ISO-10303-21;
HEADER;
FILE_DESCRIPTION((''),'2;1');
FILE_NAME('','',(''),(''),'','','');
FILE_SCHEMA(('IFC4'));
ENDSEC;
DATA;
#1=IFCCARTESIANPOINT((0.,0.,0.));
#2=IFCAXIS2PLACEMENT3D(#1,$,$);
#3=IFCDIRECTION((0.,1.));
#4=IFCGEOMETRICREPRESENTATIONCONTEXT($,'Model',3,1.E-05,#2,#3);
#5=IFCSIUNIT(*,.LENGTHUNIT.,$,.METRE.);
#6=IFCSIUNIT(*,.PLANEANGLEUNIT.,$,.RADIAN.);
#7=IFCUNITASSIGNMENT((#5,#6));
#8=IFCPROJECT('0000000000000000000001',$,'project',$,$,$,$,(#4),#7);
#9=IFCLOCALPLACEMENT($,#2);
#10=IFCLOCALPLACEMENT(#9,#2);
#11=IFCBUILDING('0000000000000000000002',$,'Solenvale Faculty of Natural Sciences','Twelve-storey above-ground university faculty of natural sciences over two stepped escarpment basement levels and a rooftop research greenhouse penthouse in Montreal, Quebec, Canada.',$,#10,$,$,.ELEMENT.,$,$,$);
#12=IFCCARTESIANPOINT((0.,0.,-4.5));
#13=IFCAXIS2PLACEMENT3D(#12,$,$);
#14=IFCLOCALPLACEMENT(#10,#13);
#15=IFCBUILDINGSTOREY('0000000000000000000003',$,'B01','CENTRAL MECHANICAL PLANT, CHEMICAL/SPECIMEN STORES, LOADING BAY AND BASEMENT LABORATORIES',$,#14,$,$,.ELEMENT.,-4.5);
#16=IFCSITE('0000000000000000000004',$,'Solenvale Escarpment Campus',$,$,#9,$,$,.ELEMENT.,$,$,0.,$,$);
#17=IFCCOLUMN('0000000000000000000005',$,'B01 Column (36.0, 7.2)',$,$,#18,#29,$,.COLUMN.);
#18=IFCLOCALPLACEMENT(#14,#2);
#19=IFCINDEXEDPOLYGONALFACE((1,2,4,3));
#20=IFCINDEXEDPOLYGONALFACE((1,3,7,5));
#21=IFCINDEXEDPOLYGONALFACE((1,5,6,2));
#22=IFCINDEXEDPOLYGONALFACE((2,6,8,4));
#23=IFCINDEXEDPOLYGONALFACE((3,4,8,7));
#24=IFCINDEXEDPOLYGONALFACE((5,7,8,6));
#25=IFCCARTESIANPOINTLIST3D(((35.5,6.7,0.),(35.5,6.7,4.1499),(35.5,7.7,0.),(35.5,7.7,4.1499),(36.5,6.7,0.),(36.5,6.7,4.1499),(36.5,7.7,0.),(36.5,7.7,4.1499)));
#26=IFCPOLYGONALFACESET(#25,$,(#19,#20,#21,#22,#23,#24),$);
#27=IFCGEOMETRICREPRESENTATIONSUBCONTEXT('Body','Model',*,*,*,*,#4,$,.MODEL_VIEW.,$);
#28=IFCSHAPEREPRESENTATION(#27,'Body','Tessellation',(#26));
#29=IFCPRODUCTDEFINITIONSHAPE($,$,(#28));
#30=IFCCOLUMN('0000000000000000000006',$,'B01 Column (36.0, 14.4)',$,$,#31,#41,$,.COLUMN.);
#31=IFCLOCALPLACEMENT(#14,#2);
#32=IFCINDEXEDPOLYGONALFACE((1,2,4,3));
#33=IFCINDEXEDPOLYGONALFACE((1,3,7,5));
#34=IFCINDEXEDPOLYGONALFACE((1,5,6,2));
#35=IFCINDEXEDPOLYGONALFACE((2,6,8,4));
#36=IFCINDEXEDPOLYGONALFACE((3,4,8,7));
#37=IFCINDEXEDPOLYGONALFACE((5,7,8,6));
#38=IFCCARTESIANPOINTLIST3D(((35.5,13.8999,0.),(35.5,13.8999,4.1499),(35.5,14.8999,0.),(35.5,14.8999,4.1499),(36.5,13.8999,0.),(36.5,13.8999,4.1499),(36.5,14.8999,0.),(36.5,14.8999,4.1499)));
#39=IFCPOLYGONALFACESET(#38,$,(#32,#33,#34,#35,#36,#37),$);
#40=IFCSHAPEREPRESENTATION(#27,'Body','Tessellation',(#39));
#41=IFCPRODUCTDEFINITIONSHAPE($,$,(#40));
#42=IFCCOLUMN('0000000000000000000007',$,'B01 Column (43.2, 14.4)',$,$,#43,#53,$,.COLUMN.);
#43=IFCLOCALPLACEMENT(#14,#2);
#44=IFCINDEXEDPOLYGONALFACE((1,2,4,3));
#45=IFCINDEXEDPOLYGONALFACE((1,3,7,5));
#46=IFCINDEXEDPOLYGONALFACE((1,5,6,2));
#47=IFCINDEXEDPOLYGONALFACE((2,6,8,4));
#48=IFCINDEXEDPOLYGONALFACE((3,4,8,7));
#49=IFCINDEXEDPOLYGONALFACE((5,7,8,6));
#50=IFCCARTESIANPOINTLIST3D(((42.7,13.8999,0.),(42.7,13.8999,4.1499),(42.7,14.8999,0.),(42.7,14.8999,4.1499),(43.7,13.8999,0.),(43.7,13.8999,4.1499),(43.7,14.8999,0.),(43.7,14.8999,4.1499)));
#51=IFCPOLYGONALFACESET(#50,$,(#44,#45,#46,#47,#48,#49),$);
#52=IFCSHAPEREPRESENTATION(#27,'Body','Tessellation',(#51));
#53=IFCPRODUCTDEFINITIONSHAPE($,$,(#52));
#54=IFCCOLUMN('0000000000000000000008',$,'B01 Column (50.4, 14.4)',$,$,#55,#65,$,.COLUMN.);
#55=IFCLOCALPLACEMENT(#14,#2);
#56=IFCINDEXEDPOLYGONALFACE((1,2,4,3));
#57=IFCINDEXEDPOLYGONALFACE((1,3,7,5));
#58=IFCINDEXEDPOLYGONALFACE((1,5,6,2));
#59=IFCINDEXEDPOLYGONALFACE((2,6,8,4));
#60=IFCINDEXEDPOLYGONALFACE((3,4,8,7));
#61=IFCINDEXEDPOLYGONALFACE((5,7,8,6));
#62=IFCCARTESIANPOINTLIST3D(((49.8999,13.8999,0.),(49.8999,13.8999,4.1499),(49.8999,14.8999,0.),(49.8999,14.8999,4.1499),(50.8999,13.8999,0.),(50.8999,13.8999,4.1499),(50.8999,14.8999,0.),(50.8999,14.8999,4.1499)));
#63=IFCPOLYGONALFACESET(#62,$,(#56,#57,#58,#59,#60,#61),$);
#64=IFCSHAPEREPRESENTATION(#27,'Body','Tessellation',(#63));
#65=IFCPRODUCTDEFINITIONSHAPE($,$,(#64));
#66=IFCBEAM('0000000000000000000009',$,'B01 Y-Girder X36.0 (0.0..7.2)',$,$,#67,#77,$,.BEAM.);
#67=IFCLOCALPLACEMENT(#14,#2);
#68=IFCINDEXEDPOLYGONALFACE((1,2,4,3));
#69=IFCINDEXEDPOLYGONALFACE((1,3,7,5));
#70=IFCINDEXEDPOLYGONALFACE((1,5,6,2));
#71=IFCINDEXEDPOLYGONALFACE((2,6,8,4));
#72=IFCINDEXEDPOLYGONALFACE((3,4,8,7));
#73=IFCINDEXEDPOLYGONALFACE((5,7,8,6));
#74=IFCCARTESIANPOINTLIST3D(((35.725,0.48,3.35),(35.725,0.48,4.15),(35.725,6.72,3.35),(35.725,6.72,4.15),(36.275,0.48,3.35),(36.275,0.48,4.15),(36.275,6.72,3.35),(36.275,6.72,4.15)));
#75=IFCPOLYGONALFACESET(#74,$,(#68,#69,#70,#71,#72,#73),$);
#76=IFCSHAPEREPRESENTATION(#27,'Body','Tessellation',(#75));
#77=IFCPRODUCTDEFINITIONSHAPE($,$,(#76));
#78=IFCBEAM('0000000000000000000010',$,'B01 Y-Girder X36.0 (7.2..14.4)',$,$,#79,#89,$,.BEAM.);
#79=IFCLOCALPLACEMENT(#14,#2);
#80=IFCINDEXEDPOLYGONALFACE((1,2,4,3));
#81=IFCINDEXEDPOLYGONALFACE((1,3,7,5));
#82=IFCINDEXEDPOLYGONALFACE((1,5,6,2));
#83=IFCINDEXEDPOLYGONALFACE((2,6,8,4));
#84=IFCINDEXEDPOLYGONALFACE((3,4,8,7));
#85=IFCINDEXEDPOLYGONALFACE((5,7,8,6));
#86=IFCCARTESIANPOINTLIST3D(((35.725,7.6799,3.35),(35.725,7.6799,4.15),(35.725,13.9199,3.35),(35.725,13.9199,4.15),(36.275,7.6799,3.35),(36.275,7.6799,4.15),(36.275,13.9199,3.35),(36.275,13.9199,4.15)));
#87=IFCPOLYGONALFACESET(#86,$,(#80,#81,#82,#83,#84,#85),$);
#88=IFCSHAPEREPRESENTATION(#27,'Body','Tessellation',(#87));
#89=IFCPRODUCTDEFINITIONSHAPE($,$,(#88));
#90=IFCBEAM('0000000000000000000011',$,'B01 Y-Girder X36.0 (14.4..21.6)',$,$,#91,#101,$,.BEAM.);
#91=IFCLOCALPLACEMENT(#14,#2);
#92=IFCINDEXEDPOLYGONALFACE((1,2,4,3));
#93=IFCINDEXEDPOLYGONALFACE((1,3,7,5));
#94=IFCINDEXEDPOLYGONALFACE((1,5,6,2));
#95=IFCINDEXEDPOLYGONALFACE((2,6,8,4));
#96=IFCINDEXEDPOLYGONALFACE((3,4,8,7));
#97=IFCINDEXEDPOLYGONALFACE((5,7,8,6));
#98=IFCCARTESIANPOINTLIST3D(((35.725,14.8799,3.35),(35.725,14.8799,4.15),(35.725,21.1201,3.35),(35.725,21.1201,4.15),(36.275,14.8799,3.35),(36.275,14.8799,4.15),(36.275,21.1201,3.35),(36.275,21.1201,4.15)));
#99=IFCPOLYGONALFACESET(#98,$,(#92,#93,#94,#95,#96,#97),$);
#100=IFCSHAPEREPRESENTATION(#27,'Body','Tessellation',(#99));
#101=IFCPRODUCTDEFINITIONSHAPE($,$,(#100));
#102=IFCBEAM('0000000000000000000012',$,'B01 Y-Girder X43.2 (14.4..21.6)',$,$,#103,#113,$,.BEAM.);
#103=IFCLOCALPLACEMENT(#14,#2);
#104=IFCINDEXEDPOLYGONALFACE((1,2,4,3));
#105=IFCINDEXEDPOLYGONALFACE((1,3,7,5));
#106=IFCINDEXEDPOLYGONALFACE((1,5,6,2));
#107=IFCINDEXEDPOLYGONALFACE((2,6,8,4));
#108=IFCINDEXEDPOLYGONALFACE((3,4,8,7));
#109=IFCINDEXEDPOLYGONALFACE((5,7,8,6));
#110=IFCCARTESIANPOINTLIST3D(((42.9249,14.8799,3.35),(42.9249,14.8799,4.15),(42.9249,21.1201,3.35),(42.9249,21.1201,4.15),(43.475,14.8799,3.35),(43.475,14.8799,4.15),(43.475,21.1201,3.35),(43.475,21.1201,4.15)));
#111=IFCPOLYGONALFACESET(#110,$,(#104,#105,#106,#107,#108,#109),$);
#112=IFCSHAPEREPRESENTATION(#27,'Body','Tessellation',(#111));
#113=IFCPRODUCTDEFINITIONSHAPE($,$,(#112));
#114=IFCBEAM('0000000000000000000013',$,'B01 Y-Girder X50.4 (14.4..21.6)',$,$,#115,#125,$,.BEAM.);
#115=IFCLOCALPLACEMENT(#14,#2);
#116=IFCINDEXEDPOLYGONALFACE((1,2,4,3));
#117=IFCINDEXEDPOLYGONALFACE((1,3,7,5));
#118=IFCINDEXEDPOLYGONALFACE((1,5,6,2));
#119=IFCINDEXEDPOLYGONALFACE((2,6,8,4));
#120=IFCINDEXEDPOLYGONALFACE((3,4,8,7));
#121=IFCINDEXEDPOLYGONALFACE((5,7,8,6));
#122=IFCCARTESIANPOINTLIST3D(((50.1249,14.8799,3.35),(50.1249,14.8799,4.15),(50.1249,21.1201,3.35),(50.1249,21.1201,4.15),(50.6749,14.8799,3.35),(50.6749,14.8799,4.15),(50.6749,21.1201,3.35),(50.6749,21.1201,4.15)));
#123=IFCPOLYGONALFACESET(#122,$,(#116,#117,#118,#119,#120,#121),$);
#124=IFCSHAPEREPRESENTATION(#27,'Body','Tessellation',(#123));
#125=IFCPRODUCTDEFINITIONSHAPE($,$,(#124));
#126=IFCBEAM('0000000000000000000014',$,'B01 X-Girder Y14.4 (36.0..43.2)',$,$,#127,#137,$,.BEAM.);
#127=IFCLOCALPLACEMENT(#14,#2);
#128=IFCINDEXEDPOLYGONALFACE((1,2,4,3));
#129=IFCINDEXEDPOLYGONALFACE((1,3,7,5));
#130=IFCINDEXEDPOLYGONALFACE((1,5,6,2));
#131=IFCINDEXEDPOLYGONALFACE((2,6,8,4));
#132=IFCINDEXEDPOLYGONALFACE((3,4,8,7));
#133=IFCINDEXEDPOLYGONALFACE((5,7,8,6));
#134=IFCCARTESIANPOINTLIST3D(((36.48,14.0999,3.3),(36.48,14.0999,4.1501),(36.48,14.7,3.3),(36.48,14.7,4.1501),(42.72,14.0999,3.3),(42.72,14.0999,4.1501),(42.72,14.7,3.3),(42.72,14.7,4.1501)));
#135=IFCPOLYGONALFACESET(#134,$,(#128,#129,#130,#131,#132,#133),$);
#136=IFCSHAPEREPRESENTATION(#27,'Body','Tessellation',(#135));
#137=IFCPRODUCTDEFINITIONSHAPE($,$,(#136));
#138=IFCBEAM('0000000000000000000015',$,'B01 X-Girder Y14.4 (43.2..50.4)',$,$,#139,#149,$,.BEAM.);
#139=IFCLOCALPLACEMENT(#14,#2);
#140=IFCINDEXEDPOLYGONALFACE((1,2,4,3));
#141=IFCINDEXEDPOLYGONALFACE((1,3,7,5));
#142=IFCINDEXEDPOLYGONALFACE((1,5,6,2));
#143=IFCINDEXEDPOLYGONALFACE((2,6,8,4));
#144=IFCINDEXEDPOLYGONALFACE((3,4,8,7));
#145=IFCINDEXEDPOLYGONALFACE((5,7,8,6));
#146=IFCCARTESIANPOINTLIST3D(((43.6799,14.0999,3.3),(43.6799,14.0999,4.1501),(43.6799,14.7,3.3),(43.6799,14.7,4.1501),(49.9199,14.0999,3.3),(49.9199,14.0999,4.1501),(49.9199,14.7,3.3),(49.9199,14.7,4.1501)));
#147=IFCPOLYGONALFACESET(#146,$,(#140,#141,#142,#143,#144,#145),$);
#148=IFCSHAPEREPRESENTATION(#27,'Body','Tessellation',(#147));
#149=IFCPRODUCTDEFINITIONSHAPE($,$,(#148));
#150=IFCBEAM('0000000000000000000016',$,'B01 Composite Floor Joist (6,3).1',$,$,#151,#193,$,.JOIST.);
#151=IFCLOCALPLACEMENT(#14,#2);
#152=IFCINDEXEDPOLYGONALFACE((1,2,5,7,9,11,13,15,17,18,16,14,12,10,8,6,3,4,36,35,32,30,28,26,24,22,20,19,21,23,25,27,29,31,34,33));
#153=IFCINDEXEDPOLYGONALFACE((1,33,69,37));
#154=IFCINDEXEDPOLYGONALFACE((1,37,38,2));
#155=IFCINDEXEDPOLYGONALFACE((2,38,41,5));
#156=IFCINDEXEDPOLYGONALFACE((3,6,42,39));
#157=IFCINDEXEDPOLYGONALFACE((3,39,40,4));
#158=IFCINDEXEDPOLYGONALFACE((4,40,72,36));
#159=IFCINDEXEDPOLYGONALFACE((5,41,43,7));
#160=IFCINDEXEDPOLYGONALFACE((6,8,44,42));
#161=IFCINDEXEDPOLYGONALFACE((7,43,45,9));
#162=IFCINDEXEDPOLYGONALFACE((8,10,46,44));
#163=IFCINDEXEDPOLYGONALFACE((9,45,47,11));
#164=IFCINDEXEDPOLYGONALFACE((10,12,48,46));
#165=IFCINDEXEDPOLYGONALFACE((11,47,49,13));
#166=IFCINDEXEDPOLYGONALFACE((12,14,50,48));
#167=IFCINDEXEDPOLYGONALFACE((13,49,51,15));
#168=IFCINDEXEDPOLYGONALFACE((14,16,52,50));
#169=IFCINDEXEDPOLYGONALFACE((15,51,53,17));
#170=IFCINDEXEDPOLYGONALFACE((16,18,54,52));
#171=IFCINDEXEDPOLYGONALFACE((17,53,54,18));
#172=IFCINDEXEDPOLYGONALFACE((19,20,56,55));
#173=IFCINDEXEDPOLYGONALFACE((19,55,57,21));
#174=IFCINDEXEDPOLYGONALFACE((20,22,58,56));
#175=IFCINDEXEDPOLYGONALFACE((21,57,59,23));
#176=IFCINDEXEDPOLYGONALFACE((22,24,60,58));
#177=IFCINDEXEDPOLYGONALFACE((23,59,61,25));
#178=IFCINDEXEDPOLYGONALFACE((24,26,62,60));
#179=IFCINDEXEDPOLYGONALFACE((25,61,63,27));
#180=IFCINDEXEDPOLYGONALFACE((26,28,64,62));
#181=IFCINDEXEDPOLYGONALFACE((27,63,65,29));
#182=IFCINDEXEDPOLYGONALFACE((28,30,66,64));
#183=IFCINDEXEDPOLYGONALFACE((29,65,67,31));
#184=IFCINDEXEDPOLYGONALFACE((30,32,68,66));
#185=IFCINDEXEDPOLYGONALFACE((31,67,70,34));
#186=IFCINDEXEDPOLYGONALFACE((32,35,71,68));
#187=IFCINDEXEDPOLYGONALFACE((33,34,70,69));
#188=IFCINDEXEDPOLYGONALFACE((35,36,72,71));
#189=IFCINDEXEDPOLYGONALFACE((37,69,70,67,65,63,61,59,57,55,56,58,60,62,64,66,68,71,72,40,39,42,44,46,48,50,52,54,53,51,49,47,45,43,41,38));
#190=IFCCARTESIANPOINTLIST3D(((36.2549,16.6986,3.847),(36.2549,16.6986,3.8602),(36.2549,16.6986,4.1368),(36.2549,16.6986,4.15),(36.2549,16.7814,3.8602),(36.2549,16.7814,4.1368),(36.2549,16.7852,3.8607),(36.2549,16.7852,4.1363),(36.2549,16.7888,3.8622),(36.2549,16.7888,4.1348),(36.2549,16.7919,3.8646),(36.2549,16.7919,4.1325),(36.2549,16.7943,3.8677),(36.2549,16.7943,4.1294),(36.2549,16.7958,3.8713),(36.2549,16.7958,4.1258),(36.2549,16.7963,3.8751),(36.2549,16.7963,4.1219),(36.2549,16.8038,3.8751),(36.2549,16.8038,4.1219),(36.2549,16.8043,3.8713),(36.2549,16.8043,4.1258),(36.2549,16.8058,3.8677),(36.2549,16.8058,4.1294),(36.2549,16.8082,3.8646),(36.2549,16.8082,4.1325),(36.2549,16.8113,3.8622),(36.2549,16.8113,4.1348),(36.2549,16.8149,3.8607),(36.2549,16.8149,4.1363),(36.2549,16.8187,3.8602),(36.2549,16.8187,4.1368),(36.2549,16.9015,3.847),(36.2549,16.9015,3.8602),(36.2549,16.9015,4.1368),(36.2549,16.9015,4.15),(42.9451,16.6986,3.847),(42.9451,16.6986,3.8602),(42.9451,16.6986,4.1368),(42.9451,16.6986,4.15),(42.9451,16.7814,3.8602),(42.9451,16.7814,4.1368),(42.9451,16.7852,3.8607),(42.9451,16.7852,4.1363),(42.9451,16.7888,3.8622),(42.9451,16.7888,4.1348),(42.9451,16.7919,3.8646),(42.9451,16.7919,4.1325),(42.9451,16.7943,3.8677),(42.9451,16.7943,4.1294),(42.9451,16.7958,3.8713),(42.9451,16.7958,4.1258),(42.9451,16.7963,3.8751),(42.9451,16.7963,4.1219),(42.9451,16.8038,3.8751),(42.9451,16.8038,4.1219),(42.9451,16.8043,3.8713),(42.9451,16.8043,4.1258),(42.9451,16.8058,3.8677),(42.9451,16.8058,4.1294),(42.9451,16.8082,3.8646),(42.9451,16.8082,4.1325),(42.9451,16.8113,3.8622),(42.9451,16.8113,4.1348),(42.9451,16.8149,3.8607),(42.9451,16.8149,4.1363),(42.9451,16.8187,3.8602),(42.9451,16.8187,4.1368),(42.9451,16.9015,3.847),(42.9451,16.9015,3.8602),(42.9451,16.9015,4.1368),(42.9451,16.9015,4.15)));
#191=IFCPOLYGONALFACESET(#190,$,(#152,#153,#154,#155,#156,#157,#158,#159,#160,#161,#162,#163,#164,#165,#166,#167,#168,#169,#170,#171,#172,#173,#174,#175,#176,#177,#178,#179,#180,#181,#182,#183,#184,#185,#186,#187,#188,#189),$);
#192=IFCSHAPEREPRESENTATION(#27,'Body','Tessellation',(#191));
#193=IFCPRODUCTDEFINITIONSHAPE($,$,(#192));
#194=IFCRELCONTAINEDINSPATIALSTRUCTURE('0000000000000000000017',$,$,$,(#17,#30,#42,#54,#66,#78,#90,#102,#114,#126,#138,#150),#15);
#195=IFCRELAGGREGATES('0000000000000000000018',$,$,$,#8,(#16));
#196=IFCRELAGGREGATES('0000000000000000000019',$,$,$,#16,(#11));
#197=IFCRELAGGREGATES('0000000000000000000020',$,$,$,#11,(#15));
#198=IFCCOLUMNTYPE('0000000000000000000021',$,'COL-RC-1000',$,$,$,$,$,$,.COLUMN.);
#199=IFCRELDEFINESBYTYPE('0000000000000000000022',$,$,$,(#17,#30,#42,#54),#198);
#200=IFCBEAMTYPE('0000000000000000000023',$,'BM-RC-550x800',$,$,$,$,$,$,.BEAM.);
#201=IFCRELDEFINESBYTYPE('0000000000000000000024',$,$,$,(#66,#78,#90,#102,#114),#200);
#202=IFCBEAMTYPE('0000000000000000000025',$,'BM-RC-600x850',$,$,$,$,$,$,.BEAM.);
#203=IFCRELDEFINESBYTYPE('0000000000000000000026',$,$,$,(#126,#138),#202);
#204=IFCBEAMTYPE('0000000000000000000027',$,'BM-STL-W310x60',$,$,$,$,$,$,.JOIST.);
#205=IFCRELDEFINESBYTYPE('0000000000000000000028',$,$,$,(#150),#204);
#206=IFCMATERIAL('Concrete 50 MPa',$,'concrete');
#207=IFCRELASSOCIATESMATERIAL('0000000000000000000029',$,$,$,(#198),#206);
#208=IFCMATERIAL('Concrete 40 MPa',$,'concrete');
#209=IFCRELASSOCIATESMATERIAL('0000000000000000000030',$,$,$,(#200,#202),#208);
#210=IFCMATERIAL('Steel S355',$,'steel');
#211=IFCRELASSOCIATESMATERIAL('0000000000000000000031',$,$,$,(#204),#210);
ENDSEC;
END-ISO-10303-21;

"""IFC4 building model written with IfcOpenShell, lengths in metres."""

from ifc_helpers import new_model, si_unit, direction, frame, origin, origin_2d, place, context, subcontext, project, spatial, rectangle, i_section, extrude, material, material_profile, profile_set, type_object, element, save


model = new_model("IFC4")

# Units and contexts
model_context = context("Model", 3, precision=1e-05, world=origin(), true_north=direction((0.0, 1.0)))
body_context = subcontext(model_context, "Body", "Model", "MODEL_VIEW")
ifc_project = project(units=[si_unit("LENGTHUNIT", "METRE"), si_unit("PLANEANGLEUNIT", "RADIAN")], contexts=[model_context])

# Site, building, storey
site_placement = place(None, origin())
site = spatial("IfcSite", under=ifc_project, at=site_placement, Name="Solenvale Escarpment Campus", CompositionType="ELEMENT", RefElevation=0.0)
building_placement = place(site_placement, origin())
building = spatial("IfcBuilding", under=site, at=building_placement, Name="Solenvale Faculty of Natural Sciences", Description="Twelve-storey above-ground university faculty of natural sciences over two stepped escarpment basement levels and a rooftop research greenhouse penthouse in Montreal, Quebec, Canada.", CompositionType="ELEMENT")
storey_placement = place(building_placement, frame((0.0, 0.0, -4.5)))
storey = spatial("IfcBuildingStorey", under=building, at=storey_placement, Name="B01", Description="CENTRAL MECHANICAL PLANT, CHEMICAL/SPECIMEN STORES, LOADING BAY AND BASEMENT LABORATORIES", CompositionType="ELEMENT", Elevation=-4.5)

# Shared definitions
ifc_material_1 = material(Name="Concrete 40 MPa", Category="concrete")

# Columns
ifc_material_2 = material(Name="Concrete 50 MPa", Category="concrete")
ifc_material_profile_1 = material_profile(ifc_material_2, rectangle(XDim=1.0, YDim=1.0, at=origin_2d()), Name="RC-COL-1000x1000")
ifc_profile_set_1 = profile_set([ifc_material_profile_1], Name="Concrete 50 MPa")
column_type = type_object("IfcColumnType", Name="COL-RC-1000", PredefinedType="COLUMN", material=ifc_profile_set_1)
for number, where, z_axis, x_axis, name in (
    (1, (36.0, 7.2, 0.0), (0.0, 0.0, 1.0), (1.0, 0.0, 0.0), "B01 Column (36.0, 7.2)"),
    (2, (36.0, 14.3999, 0.0), (0.0, 0.0, 1.0), (1.0, 0.0, 0.0), "B01 Column (36.0, 14.4)"),
    (3, (43.2, 14.3999, 0.0), (0.0, 0.0, 1.0), (1.0, 0.0, 0.0), "B01 Column (43.2, 14.4)"),
    (4, (50.3999, 14.3999, 0.0), (0.0, 0.0, 1.0), (1.0, 0.0, 0.0), "B01 Column (50.4, 14.4)"),
):
    element("IfcColumn", number, at=place(storey_placement, frame(where, z_axis=z_axis, x_axis=x_axis)), inside=storey, type_object=column_type, Name=name, PredefinedType="COLUMN", context=body_context, shape_type="SweptSolid", body=[
        extrude(rectangle(XDim=1.0, YDim=1.0, at=origin_2d()), origin(), (0.0, 0.0, 1.0), 4.1499),
    ])

# Beams
ifc_material_profile_2 = material_profile(ifc_material_1, rectangle(XDim=0.55, YDim=0.8, at=origin_2d()), Name="RC-BM-550x800")
ifc_profile_set_2 = profile_set([ifc_material_profile_2], Name="Concrete 40 MPa")
beam_type_1 = type_object("IfcBeamType", Name="BM-RC-550x800", PredefinedType="BEAM", material=ifc_profile_set_2)
for number, where, z_axis, x_axis, name in (
    (5, (36.0, 0.48, 3.75), (0.0, 1.0, 0.0), (-1.0, 0.0, 0.0), "B01 Y-Girder X36.0 (0.0..7.2)"),
    (6, (36.0, 7.6799, 3.75), (0.0, 1.0, 0.0), (-1.0, 0.0, 0.0), "B01 Y-Girder X36.0 (7.2..14.4)"),
):
    element("IfcBeam", number, at=place(storey_placement, frame(where, z_axis=z_axis, x_axis=x_axis)), inside=storey, type_object=beam_type_1, Name=name, PredefinedType="BEAM", context=body_context, shape_type="SweptSolid", body=[
        extrude(rectangle(XDim=0.55, YDim=0.8, at=origin_2d()), origin(), (0.0, 0.0, 1.0), 6.24),
    ])
for number, where, z_axis, x_axis, name in (
    (7, (36.0, 14.8799, 3.75), (0.0, 1.0, 0.0), (-1.0, 0.0, 0.0), "B01 Y-Girder X36.0 (14.4..21.6)"),
    (8, (43.2, 14.8799, 3.75), (0.0, 1.0, 0.0), (-1.0, 0.0, 0.0), "B01 Y-Girder X43.2 (14.4..21.6)"),
    (9, (50.3999, 14.8799, 3.75), (0.0, 1.0, 0.0), (-1.0, 0.0, 0.0), "B01 Y-Girder X50.4 (14.4..21.6)"),
):
    element("IfcBeam", number, at=place(storey_placement, frame(where, z_axis=z_axis, x_axis=x_axis)), inside=storey, type_object=beam_type_1, Name=name, PredefinedType="BEAM", context=body_context, shape_type="SweptSolid", body=[
        extrude(rectangle(XDim=0.55, YDim=0.8, at=origin_2d()), origin(), (0.0, 0.0, 1.0), 6.2402),
    ])
ifc_material_profile_3 = material_profile(ifc_material_1, rectangle(XDim=0.6001, YDim=0.8501, at=origin_2d()), Name="RC-BM-600x850")
ifc_profile_set_3 = profile_set([ifc_material_profile_3], Name="Concrete 40 MPa")
beam_type_2 = type_object("IfcBeamType", Name="BM-RC-600x850", PredefinedType="BEAM", material=ifc_profile_set_3)
for number, where, z_axis, x_axis, name in (
    (10, (36.48, 14.3999, 3.7251), (1.0, 0.0, 0.0), (0.0, 1.0, 0.0), "B01 X-Girder Y14.4 (36.0..43.2)"),
    (11, (43.6799, 14.3999, 3.7251), (1.0, 0.0, 0.0), (0.0, 1.0, 0.0), "B01 X-Girder Y14.4 (43.2..50.4)"),
):
    element("IfcBeam", number, at=place(storey_placement, frame(where, z_axis=z_axis, x_axis=x_axis)), inside=storey, type_object=beam_type_2, Name=name, PredefinedType="BEAM", context=body_context, shape_type="SweptSolid", body=[
        extrude(rectangle(XDim=0.6001, YDim=0.8501, at=origin_2d()), origin(), (0.0, 0.0, 1.0), 6.24),
    ])
ifc_material_3 = material(Name="Steel S355", Category="steel")
ifc_material_profile_4 = material_profile(ifc_material_3, i_section(OverallWidth=0.2029, OverallDepth=0.303, WebThickness=0.0076, FlangeThickness=0.0132, FilletRadius=0.0149, at=origin_2d()), Name="W310x60")
ifc_profile_set_4 = profile_set([ifc_material_profile_4], Name="Steel S355")
beam_type_3 = type_object("IfcBeamType", Name="BM-STL-W310x60", PredefinedType="JOIST", material=ifc_profile_set_4)
beam_1_placement = place(storey_placement, frame((36.2549, 16.8, 3.9985), z_axis=(1.0, 0.0, 0.0), x_axis=(0.0, 1.0, 0.0)))
element("IfcBeam", 12, at=beam_1_placement, inside=storey, type_object=beam_type_3, Name="B01 Composite Floor Joist (6,3).1", PredefinedType="JOIST", context=body_context, shape_type="SweptSolid", body=[
    extrude(i_section(OverallWidth=0.2029, OverallDepth=0.303, WebThickness=0.0076, FlangeThickness=0.0132, FilletRadius=0.0149, at=origin_2d()), origin(), (0.0, 0.0, 1.0), 6.6902),
])

save(model, "model.ifc")
